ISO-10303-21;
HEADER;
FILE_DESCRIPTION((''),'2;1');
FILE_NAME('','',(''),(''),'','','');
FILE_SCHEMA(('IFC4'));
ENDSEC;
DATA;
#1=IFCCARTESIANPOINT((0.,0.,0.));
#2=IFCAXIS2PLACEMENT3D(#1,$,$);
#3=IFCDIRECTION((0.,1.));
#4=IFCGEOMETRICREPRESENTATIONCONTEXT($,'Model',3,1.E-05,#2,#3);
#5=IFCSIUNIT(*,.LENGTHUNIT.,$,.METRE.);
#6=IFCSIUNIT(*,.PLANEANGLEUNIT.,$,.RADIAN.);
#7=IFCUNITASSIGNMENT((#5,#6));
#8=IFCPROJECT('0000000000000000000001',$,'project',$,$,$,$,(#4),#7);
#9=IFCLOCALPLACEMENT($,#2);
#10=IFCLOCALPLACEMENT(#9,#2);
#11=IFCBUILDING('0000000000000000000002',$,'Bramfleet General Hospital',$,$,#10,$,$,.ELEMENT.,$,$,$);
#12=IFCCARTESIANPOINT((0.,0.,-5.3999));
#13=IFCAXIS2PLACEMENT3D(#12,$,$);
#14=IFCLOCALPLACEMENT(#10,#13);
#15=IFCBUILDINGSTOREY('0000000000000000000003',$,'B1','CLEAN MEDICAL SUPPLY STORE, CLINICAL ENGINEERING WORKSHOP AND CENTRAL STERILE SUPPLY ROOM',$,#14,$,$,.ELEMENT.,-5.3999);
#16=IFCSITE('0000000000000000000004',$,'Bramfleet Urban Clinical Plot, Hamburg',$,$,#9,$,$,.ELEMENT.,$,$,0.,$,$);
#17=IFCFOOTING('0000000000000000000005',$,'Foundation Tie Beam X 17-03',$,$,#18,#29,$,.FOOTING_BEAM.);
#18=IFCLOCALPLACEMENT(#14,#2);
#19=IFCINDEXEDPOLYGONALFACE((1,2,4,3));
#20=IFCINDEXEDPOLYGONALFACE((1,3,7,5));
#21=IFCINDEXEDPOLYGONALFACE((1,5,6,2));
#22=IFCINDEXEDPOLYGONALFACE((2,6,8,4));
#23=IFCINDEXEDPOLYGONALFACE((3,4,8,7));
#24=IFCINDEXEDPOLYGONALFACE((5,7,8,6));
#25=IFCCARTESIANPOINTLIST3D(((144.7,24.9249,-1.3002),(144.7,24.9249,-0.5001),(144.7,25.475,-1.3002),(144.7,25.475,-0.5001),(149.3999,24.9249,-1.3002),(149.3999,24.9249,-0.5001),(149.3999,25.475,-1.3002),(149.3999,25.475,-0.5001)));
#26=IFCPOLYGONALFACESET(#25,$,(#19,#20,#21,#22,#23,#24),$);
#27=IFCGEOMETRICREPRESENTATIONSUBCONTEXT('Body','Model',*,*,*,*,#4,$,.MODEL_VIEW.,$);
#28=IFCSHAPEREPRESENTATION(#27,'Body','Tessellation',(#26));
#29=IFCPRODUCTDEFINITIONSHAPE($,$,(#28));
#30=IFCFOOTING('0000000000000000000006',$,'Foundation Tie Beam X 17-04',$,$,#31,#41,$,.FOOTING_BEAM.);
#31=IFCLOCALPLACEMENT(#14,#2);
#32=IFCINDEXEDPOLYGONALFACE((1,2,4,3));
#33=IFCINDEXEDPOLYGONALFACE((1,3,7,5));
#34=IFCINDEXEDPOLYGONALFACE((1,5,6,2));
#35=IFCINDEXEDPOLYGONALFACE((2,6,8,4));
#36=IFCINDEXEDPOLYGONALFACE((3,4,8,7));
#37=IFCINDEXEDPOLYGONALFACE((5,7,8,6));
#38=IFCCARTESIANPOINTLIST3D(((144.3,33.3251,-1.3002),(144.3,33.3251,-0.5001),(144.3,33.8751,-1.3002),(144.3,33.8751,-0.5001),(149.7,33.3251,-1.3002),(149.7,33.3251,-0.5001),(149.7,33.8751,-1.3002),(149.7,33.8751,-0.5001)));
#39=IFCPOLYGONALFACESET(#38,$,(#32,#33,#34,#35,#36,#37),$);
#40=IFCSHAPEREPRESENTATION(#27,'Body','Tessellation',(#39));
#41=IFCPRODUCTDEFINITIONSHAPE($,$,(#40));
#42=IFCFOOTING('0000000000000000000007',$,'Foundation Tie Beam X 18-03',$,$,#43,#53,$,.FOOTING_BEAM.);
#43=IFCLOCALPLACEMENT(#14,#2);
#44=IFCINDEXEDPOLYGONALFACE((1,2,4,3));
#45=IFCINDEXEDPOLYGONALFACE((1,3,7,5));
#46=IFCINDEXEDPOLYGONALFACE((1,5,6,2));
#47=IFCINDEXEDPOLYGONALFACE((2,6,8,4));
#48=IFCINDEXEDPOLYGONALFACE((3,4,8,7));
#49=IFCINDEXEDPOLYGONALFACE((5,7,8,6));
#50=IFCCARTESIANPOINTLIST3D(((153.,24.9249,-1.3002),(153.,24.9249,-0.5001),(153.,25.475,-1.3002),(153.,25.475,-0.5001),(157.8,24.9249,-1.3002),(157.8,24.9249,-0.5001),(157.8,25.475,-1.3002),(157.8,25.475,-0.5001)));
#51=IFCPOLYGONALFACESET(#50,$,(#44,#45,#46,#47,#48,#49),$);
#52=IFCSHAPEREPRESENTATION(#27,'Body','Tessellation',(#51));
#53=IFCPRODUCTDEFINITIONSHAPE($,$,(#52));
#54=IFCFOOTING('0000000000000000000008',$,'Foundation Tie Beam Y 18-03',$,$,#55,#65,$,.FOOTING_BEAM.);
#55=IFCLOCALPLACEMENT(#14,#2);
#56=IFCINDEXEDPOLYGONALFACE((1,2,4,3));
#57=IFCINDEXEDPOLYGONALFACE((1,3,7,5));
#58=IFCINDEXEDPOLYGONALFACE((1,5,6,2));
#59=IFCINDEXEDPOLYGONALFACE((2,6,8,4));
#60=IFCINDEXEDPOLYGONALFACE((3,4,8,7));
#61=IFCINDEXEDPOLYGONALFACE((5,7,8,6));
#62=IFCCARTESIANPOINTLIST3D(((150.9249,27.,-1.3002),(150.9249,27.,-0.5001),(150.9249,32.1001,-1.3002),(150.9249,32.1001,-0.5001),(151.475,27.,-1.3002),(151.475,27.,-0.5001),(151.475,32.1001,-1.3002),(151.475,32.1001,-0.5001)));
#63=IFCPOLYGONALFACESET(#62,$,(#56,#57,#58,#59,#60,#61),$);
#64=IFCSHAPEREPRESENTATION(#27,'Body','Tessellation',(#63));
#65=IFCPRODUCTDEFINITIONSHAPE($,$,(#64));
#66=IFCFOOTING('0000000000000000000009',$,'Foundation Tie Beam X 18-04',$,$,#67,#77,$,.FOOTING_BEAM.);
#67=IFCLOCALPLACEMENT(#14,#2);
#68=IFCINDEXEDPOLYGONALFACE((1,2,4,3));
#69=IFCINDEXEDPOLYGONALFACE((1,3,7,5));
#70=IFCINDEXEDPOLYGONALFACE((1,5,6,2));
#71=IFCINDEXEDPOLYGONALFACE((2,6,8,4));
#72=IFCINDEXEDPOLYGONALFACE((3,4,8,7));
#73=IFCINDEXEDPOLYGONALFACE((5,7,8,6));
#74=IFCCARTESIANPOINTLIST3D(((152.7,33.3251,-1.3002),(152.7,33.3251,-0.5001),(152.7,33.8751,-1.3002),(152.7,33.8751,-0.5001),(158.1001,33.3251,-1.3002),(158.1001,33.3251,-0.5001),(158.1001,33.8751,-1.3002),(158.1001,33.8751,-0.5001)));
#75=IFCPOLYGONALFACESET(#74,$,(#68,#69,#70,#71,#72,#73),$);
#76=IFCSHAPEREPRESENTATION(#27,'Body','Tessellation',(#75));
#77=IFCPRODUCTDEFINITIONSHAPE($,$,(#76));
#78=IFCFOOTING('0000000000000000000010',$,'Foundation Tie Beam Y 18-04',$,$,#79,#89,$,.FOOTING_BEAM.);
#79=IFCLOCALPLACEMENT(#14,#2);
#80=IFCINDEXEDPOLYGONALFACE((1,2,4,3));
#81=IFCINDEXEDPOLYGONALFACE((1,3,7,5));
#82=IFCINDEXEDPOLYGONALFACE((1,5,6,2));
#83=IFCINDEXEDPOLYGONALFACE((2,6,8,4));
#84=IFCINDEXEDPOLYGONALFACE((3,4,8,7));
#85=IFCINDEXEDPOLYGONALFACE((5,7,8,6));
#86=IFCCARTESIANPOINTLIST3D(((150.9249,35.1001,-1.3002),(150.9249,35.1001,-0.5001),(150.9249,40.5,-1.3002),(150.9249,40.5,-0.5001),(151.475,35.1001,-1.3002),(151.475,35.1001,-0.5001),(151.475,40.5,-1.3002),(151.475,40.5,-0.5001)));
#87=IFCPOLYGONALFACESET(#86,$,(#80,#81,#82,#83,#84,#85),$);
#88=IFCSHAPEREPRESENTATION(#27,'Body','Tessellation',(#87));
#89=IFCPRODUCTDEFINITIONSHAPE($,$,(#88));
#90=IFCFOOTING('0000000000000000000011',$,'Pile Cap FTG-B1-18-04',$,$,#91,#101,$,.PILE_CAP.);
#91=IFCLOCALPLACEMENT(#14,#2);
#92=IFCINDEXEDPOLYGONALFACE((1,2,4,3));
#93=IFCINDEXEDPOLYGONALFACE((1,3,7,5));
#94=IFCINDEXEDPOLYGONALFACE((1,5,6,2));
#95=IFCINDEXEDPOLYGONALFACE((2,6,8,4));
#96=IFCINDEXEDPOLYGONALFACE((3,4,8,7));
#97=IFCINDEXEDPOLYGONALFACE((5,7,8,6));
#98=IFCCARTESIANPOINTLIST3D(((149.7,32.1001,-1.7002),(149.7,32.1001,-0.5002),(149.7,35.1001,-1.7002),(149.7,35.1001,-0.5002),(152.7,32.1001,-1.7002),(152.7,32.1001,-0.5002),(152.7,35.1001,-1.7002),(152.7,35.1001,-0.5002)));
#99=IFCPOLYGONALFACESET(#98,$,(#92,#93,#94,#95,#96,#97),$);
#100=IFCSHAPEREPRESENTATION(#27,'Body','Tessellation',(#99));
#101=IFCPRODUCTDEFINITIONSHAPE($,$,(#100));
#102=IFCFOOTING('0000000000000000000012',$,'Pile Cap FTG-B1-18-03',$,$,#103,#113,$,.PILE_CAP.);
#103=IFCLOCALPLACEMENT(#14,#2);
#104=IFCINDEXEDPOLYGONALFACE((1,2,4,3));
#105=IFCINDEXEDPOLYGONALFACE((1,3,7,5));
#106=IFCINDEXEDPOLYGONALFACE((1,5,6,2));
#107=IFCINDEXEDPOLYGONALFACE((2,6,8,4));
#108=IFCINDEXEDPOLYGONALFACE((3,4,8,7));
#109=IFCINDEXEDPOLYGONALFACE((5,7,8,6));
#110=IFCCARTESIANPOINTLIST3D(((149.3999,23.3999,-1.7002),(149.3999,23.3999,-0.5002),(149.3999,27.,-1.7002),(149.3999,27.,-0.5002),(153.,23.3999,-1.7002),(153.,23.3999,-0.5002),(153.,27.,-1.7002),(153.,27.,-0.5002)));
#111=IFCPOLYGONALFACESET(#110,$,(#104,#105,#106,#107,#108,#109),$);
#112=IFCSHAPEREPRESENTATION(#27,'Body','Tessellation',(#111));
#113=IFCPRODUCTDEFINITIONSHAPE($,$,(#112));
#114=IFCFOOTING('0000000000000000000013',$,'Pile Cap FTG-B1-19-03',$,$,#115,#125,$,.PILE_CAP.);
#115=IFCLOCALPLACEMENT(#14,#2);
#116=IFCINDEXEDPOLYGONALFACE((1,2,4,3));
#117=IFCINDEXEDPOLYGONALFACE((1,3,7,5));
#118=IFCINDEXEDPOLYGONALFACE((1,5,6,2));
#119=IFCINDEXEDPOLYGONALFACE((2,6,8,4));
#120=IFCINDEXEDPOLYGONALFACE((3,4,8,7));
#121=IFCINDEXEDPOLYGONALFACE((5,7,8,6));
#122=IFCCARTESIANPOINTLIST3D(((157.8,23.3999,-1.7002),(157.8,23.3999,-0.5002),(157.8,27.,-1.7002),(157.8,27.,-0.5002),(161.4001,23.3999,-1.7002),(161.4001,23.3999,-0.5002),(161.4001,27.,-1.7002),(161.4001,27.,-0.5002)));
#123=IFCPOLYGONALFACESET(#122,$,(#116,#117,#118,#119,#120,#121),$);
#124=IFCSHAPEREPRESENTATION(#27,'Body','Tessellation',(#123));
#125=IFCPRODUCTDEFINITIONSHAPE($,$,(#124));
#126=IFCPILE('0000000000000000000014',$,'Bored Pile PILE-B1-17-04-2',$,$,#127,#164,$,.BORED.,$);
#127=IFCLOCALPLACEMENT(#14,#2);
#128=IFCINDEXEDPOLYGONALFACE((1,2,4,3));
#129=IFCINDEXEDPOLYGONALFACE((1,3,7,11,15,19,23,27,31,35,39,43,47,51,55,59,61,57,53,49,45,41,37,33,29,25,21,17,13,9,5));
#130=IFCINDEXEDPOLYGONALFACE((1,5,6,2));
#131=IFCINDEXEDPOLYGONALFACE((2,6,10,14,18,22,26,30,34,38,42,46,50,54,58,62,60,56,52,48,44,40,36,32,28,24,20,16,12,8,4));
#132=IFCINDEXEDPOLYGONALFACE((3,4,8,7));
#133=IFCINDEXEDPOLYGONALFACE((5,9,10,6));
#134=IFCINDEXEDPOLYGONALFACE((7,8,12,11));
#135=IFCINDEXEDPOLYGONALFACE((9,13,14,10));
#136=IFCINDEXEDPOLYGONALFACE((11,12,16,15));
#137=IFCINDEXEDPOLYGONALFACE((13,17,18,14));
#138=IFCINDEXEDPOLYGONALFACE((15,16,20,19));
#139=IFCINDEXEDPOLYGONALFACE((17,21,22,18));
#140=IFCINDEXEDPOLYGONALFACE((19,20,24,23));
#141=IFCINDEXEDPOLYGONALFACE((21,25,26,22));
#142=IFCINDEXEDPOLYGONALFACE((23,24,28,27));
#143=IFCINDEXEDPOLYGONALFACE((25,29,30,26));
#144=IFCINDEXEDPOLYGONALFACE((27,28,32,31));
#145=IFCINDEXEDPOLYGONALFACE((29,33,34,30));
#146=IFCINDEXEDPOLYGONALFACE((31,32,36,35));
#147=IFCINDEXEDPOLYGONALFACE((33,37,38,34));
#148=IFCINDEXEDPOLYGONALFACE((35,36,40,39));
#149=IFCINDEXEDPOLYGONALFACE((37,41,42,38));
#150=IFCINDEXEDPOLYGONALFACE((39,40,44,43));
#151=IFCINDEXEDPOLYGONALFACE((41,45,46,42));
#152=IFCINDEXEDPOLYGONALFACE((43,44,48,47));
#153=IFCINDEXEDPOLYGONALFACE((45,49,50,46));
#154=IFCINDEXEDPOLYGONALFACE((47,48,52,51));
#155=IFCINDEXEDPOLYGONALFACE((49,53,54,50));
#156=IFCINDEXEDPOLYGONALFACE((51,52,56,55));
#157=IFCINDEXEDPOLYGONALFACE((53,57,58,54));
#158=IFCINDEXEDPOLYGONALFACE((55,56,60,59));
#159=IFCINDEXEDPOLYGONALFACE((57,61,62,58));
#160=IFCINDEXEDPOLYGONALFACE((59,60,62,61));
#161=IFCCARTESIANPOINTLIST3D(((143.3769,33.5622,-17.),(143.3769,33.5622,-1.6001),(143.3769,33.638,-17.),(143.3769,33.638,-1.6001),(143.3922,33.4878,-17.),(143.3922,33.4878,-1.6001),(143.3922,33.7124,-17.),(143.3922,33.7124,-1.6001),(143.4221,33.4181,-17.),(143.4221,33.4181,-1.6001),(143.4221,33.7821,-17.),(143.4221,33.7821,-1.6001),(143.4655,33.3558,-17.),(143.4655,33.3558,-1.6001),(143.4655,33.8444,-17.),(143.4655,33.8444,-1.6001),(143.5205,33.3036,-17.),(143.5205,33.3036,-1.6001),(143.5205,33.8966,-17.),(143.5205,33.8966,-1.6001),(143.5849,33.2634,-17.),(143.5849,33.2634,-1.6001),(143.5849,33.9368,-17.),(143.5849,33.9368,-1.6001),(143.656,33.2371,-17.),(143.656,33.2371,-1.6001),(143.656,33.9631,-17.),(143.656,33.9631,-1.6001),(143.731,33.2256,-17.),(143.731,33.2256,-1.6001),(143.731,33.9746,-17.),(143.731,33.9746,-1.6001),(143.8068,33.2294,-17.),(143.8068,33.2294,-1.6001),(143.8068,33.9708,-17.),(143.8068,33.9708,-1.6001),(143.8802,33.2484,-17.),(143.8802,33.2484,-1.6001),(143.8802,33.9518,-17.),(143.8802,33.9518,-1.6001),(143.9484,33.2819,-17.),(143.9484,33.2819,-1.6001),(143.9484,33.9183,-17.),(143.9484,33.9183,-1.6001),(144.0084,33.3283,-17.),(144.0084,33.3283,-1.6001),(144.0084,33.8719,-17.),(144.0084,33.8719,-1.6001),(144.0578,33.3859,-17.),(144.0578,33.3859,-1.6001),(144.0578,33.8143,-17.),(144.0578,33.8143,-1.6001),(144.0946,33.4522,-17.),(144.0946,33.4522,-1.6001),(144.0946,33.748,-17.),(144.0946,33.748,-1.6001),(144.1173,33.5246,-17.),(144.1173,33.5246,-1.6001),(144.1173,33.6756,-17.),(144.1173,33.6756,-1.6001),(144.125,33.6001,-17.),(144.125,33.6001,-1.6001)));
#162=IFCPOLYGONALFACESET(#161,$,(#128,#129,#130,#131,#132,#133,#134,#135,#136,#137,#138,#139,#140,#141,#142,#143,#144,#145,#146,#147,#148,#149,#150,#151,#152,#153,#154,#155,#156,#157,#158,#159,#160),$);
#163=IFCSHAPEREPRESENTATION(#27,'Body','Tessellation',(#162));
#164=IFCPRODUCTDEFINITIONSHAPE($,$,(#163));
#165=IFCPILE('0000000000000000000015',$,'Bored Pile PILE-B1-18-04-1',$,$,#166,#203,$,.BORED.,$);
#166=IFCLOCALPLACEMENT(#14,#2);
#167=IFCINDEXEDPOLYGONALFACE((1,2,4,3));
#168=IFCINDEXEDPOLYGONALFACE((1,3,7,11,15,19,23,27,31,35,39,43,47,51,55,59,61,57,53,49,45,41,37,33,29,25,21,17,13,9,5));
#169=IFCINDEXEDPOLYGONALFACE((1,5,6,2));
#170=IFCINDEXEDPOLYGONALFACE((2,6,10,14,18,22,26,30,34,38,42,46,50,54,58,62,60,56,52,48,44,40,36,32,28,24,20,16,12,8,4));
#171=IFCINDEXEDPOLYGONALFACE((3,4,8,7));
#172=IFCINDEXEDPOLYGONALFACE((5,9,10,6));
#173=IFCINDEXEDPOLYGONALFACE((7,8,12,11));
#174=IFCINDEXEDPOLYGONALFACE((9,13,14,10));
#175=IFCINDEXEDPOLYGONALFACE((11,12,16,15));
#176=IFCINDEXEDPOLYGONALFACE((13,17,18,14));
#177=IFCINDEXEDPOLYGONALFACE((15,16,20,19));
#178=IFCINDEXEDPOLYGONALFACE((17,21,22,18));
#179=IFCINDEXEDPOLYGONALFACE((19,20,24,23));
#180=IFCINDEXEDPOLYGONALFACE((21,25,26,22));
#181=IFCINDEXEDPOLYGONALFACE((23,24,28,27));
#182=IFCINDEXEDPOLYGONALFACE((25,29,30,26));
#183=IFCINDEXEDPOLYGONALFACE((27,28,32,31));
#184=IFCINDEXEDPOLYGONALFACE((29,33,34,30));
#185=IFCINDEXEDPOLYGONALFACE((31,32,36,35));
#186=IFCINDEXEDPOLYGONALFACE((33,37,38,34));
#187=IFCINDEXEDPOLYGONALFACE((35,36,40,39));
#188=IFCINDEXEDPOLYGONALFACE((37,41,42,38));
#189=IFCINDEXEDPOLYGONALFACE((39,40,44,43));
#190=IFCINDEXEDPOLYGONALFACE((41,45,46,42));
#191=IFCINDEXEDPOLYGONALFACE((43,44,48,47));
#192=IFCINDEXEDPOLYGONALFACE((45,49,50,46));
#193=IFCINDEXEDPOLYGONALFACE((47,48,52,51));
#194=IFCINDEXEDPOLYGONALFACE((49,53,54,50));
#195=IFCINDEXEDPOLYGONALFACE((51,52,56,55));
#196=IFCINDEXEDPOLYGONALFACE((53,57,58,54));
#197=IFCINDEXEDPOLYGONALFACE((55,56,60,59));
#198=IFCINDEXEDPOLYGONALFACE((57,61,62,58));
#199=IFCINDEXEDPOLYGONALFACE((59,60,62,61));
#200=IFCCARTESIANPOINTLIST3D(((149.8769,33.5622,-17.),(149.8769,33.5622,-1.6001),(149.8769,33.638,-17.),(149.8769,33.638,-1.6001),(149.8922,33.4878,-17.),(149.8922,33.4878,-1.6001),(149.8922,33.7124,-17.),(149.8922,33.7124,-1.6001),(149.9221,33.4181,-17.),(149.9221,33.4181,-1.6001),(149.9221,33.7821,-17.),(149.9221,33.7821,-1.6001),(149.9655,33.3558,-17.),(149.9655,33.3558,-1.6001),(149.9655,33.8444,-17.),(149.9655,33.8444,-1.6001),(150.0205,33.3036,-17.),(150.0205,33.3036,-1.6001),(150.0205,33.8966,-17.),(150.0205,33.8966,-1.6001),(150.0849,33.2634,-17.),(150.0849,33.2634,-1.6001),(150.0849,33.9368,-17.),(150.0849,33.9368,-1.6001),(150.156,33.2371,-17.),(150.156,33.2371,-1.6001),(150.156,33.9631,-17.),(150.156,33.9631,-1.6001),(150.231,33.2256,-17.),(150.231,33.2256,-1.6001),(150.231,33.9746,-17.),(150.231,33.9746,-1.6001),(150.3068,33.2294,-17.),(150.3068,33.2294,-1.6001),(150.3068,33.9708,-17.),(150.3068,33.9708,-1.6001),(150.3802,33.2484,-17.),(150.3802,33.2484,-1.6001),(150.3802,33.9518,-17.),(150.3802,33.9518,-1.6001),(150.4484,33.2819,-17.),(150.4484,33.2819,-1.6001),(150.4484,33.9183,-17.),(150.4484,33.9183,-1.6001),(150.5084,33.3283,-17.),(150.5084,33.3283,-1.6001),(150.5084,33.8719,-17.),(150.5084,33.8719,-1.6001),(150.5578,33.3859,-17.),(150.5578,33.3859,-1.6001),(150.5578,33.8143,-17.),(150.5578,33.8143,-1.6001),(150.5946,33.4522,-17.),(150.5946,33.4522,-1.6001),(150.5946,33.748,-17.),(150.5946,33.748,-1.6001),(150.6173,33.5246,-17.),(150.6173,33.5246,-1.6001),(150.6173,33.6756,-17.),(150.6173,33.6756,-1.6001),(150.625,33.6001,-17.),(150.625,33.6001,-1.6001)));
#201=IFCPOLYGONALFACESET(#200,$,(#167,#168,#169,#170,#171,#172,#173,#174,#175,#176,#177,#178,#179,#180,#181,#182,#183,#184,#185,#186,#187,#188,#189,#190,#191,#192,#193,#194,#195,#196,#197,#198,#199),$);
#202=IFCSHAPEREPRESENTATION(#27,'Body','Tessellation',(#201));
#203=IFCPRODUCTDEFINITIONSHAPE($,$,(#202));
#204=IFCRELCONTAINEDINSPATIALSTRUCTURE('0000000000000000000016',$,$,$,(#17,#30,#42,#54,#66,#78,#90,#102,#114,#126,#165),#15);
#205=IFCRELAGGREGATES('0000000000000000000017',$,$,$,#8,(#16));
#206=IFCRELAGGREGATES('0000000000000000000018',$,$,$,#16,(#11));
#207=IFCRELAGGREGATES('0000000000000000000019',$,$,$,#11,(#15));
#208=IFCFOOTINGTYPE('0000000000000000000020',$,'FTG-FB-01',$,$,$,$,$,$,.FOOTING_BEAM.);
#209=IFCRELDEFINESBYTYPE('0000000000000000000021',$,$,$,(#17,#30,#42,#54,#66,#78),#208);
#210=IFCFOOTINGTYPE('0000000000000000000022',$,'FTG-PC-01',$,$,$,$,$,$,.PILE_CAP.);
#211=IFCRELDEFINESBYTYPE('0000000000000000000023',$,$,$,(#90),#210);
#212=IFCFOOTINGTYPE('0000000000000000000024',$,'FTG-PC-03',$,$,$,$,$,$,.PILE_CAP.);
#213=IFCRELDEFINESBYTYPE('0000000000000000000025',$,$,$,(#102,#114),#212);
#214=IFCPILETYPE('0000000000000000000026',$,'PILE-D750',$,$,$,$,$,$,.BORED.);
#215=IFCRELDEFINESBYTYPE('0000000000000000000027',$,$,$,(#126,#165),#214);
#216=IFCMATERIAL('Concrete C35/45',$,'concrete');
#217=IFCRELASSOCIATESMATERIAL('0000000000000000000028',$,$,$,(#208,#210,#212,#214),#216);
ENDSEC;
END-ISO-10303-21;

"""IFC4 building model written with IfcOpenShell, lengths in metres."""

from ifc_helpers import new_model, si_unit, direction, frame, origin, origin_2d, place, context, subcontext, project, spatial, rectangle, circle, extrude, material, material_profile, profile_set, type_object, element, save


model = new_model("IFC4")

# Units and contexts
model_context = context("Model", 3, precision=1e-05, world=origin(), true_north=direction((0.0, 1.0)))
body_context = subcontext(model_context, "Body", "Model", "MODEL_VIEW")
ifc_project = project(units=[si_unit("LENGTHUNIT", "METRE"), si_unit("PLANEANGLEUNIT", "RADIAN")], contexts=[model_context])

# Site, building, storey
site_placement = place(None, origin())
site = spatial("IfcSite", under=ifc_project, at=site_placement, Name="Bramfleet Urban Clinical Plot, Hamburg", CompositionType="ELEMENT", RefElevation=0.0)
building_placement = place(site_placement, origin())
building = spatial("IfcBuilding", under=site, at=building_placement, Name="Bramfleet General Hospital", CompositionType="ELEMENT")
storey_placement = place(building_placement, frame((0.0, 0.0, -5.3999)))
storey = spatial("IfcBuildingStorey", under=building, at=storey_placement, Name="B1", Description="CLEAN MEDICAL SUPPLY STORE, CLINICAL ENGINEERING WORKSHOP AND CENTRAL STERILE SUPPLY ROOM", CompositionType="ELEMENT", Elevation=-5.3999)

# Footings
ifc_material_1 = material(Name="Concrete C35/45", Category="concrete")
ifc_material_profile_1 = material_profile(ifc_material_1, rectangle(XDim=0.55, YDim=0.8, at=origin_2d()), Name="RC FB 800x550")
ifc_profile_set_1 = profile_set([ifc_material_profile_1], Name="Concrete C35/45")
footing_type_1 = type_object("IfcFootingType", Name="FTG-FB-01", PredefinedType="FOOTING_BEAM", material=ifc_profile_set_1)
footing_1_placement = place(storey_placement, frame((144.7, 25.2, -0.9001), z_axis=(1.0, 0.0, 0.0), x_axis=(0.0, 1.0, 0.0)))
element("IfcFooting", 1, at=footing_1_placement, inside=storey, type_object=footing_type_1, Name="Foundation Tie Beam X 17-03", PredefinedType="FOOTING_BEAM", context=body_context, shape_type="SweptSolid", body=[
    extrude(rectangle(XDim=0.55, YDim=0.8, at=origin_2d()), origin(), (0.0, 0.0, 1.0), 4.7),
])
footing_2_placement = place(storey_placement, frame((144.3, 33.6001, -0.9001), z_axis=(1.0, 0.0, 0.0), x_axis=(0.0, 1.0, 0.0)))
element("IfcFooting", 2, at=footing_2_placement, inside=storey, type_object=footing_type_1, Name="Foundation Tie Beam X 17-04", PredefinedType="FOOTING_BEAM", context=body_context, shape_type="SweptSolid", body=[
    extrude(rectangle(XDim=0.55, YDim=0.8, at=origin_2d()), origin(), (0.0, 0.0, 1.0), 5.3999),
])
footing_3_placement = place(storey_placement, frame((153.0, 25.2, -0.9001), z_axis=(1.0, 0.0, 0.0), x_axis=(0.0, 1.0, 0.0)))
element("IfcFooting", 3, at=footing_3_placement, inside=storey, type_object=footing_type_1, Name="Foundation Tie Beam X 18-03", PredefinedType="FOOTING_BEAM", context=body_context, shape_type="SweptSolid", body=[
    extrude(rectangle(XDim=0.55, YDim=0.8, at=origin_2d()), origin(), (0.0, 0.0, 1.0), 4.8),
])
footing_4_placement = place(storey_placement, frame((151.2, 27.0, -0.9001), z_axis=(0.0, 1.0, 0.0), x_axis=(-1.0, 0.0, 0.0)))
element("IfcFooting", 4, at=footing_4_placement, inside=storey, type_object=footing_type_1, Name="Foundation Tie Beam Y 18-03", PredefinedType="FOOTING_BEAM", context=body_context, shape_type="SweptSolid", body=[
    extrude(rectangle(XDim=0.55, YDim=0.8, at=origin_2d()), origin(), (0.0, 0.0, 1.0), 5.1001),
])
footing_5_placement = place(storey_placement, frame((152.7, 33.6001, -0.9001), z_axis=(1.0, 0.0, 0.0), x_axis=(0.0, 1.0, 0.0)))
element("IfcFooting", 5, at=footing_5_placement, inside=storey, type_object=footing_type_1, Name="Foundation Tie Beam X 18-04", PredefinedType="FOOTING_BEAM", context=body_context, shape_type="SweptSolid", body=[
    extrude(rectangle(XDim=0.55, YDim=0.8, at=origin_2d()), origin(), (0.0, 0.0, 1.0), 5.4001),
])
footing_6_placement = place(storey_placement, frame((151.2, 35.1001, -0.9001), z_axis=(0.0, 1.0, 0.0), x_axis=(-1.0, 0.0, 0.0)))
element("IfcFooting", 6, at=footing_6_placement, inside=storey, type_object=footing_type_1, Name="Foundation Tie Beam Y 18-04", PredefinedType="FOOTING_BEAM", context=body_context, shape_type="SweptSolid", body=[
    extrude(rectangle(XDim=0.55, YDim=0.8, at=origin_2d()), origin(), (0.0, 0.0, 1.0), 5.3999),
])
footing_type_2 = type_object("IfcFootingType", Name="FTG-PC-01", PredefinedType="PILE_CAP", material=ifc_material_1)
footing_7_placement = place(storey_placement, frame((151.2, 33.6001, -1.7002), z_axis=(0.0, 0.0, 1.0), x_axis=(1.0, 0.0, 0.0)))
element("IfcFooting", 7, at=footing_7_placement, inside=storey, type_object=footing_type_2, Name="Pile Cap FTG-B1-18-04", PredefinedType="PILE_CAP", context=body_context, shape_type="SweptSolid", body=[
    extrude(rectangle(XDim=3.0, YDim=3.0, at=origin_2d()), origin(), (0.0, 0.0, 1.0), 1.2),
])
footing_type_3 = type_object("IfcFootingType", Name="FTG-PC-03", PredefinedType="PILE_CAP", material=ifc_material_1)
for number, where, z_axis, x_axis, name in (
    (8, (151.2, 25.2, -1.7002), (0.0, 0.0, 1.0), (1.0, 0.0, 0.0), "Pile Cap FTG-B1-18-03"),
    (9, (159.6001, 25.2, -1.7002), (0.0, 0.0, 1.0), (1.0, 0.0, 0.0), "Pile Cap FTG-B1-19-03"),
):
    element("IfcFooting", number, at=place(storey_placement, frame(where, z_axis=z_axis, x_axis=x_axis)), inside=storey, type_object=footing_type_3, Name=name, PredefinedType="PILE_CAP", context=body_context, shape_type="SweptSolid", body=[
        extrude(rectangle(XDim=3.6001, YDim=3.6001, at=origin_2d()), origin(), (0.0, 0.0, 1.0), 1.2),
    ])

# Piles
ifc_material_profile_2 = material_profile(ifc_material_1, circle(Radius=0.375, at=origin_2d()), Name="PILE BORED D750")
ifc_profile_set_2 = profile_set([ifc_material_profile_2], Name="Concrete C35/45")
pile_type_1 = type_object("IfcPileType", Name="PILE-D750", PredefinedType="BORED", material=ifc_profile_set_2)
for number, where, z_axis, x_axis, name in (
    (10, (143.75, 33.6001, -1.6001), (0.0, 0.0, -1.0), (1.0, 0.0, 0.0), "Bored Pile PILE-B1-17-04-2"),
    (11, (150.25, 33.6001, -1.6001), (0.0, 0.0, -1.0), (1.0, 0.0, 0.0), "Bored Pile PILE-B1-18-04-1"),
):
    element("IfcPile", number, at=place(storey_placement, frame(where, z_axis=z_axis, x_axis=x_axis)), inside=storey, type_object=pile_type_1, Name=name, PredefinedType="BORED", context=body_context, shape_type="SweptSolid", body=[
        extrude(circle(Radius=0.375, at=origin_2d()), origin(), (0.0, 0.0, 1.0), 15.3999),
    ])

save(model, "model.ifc")
